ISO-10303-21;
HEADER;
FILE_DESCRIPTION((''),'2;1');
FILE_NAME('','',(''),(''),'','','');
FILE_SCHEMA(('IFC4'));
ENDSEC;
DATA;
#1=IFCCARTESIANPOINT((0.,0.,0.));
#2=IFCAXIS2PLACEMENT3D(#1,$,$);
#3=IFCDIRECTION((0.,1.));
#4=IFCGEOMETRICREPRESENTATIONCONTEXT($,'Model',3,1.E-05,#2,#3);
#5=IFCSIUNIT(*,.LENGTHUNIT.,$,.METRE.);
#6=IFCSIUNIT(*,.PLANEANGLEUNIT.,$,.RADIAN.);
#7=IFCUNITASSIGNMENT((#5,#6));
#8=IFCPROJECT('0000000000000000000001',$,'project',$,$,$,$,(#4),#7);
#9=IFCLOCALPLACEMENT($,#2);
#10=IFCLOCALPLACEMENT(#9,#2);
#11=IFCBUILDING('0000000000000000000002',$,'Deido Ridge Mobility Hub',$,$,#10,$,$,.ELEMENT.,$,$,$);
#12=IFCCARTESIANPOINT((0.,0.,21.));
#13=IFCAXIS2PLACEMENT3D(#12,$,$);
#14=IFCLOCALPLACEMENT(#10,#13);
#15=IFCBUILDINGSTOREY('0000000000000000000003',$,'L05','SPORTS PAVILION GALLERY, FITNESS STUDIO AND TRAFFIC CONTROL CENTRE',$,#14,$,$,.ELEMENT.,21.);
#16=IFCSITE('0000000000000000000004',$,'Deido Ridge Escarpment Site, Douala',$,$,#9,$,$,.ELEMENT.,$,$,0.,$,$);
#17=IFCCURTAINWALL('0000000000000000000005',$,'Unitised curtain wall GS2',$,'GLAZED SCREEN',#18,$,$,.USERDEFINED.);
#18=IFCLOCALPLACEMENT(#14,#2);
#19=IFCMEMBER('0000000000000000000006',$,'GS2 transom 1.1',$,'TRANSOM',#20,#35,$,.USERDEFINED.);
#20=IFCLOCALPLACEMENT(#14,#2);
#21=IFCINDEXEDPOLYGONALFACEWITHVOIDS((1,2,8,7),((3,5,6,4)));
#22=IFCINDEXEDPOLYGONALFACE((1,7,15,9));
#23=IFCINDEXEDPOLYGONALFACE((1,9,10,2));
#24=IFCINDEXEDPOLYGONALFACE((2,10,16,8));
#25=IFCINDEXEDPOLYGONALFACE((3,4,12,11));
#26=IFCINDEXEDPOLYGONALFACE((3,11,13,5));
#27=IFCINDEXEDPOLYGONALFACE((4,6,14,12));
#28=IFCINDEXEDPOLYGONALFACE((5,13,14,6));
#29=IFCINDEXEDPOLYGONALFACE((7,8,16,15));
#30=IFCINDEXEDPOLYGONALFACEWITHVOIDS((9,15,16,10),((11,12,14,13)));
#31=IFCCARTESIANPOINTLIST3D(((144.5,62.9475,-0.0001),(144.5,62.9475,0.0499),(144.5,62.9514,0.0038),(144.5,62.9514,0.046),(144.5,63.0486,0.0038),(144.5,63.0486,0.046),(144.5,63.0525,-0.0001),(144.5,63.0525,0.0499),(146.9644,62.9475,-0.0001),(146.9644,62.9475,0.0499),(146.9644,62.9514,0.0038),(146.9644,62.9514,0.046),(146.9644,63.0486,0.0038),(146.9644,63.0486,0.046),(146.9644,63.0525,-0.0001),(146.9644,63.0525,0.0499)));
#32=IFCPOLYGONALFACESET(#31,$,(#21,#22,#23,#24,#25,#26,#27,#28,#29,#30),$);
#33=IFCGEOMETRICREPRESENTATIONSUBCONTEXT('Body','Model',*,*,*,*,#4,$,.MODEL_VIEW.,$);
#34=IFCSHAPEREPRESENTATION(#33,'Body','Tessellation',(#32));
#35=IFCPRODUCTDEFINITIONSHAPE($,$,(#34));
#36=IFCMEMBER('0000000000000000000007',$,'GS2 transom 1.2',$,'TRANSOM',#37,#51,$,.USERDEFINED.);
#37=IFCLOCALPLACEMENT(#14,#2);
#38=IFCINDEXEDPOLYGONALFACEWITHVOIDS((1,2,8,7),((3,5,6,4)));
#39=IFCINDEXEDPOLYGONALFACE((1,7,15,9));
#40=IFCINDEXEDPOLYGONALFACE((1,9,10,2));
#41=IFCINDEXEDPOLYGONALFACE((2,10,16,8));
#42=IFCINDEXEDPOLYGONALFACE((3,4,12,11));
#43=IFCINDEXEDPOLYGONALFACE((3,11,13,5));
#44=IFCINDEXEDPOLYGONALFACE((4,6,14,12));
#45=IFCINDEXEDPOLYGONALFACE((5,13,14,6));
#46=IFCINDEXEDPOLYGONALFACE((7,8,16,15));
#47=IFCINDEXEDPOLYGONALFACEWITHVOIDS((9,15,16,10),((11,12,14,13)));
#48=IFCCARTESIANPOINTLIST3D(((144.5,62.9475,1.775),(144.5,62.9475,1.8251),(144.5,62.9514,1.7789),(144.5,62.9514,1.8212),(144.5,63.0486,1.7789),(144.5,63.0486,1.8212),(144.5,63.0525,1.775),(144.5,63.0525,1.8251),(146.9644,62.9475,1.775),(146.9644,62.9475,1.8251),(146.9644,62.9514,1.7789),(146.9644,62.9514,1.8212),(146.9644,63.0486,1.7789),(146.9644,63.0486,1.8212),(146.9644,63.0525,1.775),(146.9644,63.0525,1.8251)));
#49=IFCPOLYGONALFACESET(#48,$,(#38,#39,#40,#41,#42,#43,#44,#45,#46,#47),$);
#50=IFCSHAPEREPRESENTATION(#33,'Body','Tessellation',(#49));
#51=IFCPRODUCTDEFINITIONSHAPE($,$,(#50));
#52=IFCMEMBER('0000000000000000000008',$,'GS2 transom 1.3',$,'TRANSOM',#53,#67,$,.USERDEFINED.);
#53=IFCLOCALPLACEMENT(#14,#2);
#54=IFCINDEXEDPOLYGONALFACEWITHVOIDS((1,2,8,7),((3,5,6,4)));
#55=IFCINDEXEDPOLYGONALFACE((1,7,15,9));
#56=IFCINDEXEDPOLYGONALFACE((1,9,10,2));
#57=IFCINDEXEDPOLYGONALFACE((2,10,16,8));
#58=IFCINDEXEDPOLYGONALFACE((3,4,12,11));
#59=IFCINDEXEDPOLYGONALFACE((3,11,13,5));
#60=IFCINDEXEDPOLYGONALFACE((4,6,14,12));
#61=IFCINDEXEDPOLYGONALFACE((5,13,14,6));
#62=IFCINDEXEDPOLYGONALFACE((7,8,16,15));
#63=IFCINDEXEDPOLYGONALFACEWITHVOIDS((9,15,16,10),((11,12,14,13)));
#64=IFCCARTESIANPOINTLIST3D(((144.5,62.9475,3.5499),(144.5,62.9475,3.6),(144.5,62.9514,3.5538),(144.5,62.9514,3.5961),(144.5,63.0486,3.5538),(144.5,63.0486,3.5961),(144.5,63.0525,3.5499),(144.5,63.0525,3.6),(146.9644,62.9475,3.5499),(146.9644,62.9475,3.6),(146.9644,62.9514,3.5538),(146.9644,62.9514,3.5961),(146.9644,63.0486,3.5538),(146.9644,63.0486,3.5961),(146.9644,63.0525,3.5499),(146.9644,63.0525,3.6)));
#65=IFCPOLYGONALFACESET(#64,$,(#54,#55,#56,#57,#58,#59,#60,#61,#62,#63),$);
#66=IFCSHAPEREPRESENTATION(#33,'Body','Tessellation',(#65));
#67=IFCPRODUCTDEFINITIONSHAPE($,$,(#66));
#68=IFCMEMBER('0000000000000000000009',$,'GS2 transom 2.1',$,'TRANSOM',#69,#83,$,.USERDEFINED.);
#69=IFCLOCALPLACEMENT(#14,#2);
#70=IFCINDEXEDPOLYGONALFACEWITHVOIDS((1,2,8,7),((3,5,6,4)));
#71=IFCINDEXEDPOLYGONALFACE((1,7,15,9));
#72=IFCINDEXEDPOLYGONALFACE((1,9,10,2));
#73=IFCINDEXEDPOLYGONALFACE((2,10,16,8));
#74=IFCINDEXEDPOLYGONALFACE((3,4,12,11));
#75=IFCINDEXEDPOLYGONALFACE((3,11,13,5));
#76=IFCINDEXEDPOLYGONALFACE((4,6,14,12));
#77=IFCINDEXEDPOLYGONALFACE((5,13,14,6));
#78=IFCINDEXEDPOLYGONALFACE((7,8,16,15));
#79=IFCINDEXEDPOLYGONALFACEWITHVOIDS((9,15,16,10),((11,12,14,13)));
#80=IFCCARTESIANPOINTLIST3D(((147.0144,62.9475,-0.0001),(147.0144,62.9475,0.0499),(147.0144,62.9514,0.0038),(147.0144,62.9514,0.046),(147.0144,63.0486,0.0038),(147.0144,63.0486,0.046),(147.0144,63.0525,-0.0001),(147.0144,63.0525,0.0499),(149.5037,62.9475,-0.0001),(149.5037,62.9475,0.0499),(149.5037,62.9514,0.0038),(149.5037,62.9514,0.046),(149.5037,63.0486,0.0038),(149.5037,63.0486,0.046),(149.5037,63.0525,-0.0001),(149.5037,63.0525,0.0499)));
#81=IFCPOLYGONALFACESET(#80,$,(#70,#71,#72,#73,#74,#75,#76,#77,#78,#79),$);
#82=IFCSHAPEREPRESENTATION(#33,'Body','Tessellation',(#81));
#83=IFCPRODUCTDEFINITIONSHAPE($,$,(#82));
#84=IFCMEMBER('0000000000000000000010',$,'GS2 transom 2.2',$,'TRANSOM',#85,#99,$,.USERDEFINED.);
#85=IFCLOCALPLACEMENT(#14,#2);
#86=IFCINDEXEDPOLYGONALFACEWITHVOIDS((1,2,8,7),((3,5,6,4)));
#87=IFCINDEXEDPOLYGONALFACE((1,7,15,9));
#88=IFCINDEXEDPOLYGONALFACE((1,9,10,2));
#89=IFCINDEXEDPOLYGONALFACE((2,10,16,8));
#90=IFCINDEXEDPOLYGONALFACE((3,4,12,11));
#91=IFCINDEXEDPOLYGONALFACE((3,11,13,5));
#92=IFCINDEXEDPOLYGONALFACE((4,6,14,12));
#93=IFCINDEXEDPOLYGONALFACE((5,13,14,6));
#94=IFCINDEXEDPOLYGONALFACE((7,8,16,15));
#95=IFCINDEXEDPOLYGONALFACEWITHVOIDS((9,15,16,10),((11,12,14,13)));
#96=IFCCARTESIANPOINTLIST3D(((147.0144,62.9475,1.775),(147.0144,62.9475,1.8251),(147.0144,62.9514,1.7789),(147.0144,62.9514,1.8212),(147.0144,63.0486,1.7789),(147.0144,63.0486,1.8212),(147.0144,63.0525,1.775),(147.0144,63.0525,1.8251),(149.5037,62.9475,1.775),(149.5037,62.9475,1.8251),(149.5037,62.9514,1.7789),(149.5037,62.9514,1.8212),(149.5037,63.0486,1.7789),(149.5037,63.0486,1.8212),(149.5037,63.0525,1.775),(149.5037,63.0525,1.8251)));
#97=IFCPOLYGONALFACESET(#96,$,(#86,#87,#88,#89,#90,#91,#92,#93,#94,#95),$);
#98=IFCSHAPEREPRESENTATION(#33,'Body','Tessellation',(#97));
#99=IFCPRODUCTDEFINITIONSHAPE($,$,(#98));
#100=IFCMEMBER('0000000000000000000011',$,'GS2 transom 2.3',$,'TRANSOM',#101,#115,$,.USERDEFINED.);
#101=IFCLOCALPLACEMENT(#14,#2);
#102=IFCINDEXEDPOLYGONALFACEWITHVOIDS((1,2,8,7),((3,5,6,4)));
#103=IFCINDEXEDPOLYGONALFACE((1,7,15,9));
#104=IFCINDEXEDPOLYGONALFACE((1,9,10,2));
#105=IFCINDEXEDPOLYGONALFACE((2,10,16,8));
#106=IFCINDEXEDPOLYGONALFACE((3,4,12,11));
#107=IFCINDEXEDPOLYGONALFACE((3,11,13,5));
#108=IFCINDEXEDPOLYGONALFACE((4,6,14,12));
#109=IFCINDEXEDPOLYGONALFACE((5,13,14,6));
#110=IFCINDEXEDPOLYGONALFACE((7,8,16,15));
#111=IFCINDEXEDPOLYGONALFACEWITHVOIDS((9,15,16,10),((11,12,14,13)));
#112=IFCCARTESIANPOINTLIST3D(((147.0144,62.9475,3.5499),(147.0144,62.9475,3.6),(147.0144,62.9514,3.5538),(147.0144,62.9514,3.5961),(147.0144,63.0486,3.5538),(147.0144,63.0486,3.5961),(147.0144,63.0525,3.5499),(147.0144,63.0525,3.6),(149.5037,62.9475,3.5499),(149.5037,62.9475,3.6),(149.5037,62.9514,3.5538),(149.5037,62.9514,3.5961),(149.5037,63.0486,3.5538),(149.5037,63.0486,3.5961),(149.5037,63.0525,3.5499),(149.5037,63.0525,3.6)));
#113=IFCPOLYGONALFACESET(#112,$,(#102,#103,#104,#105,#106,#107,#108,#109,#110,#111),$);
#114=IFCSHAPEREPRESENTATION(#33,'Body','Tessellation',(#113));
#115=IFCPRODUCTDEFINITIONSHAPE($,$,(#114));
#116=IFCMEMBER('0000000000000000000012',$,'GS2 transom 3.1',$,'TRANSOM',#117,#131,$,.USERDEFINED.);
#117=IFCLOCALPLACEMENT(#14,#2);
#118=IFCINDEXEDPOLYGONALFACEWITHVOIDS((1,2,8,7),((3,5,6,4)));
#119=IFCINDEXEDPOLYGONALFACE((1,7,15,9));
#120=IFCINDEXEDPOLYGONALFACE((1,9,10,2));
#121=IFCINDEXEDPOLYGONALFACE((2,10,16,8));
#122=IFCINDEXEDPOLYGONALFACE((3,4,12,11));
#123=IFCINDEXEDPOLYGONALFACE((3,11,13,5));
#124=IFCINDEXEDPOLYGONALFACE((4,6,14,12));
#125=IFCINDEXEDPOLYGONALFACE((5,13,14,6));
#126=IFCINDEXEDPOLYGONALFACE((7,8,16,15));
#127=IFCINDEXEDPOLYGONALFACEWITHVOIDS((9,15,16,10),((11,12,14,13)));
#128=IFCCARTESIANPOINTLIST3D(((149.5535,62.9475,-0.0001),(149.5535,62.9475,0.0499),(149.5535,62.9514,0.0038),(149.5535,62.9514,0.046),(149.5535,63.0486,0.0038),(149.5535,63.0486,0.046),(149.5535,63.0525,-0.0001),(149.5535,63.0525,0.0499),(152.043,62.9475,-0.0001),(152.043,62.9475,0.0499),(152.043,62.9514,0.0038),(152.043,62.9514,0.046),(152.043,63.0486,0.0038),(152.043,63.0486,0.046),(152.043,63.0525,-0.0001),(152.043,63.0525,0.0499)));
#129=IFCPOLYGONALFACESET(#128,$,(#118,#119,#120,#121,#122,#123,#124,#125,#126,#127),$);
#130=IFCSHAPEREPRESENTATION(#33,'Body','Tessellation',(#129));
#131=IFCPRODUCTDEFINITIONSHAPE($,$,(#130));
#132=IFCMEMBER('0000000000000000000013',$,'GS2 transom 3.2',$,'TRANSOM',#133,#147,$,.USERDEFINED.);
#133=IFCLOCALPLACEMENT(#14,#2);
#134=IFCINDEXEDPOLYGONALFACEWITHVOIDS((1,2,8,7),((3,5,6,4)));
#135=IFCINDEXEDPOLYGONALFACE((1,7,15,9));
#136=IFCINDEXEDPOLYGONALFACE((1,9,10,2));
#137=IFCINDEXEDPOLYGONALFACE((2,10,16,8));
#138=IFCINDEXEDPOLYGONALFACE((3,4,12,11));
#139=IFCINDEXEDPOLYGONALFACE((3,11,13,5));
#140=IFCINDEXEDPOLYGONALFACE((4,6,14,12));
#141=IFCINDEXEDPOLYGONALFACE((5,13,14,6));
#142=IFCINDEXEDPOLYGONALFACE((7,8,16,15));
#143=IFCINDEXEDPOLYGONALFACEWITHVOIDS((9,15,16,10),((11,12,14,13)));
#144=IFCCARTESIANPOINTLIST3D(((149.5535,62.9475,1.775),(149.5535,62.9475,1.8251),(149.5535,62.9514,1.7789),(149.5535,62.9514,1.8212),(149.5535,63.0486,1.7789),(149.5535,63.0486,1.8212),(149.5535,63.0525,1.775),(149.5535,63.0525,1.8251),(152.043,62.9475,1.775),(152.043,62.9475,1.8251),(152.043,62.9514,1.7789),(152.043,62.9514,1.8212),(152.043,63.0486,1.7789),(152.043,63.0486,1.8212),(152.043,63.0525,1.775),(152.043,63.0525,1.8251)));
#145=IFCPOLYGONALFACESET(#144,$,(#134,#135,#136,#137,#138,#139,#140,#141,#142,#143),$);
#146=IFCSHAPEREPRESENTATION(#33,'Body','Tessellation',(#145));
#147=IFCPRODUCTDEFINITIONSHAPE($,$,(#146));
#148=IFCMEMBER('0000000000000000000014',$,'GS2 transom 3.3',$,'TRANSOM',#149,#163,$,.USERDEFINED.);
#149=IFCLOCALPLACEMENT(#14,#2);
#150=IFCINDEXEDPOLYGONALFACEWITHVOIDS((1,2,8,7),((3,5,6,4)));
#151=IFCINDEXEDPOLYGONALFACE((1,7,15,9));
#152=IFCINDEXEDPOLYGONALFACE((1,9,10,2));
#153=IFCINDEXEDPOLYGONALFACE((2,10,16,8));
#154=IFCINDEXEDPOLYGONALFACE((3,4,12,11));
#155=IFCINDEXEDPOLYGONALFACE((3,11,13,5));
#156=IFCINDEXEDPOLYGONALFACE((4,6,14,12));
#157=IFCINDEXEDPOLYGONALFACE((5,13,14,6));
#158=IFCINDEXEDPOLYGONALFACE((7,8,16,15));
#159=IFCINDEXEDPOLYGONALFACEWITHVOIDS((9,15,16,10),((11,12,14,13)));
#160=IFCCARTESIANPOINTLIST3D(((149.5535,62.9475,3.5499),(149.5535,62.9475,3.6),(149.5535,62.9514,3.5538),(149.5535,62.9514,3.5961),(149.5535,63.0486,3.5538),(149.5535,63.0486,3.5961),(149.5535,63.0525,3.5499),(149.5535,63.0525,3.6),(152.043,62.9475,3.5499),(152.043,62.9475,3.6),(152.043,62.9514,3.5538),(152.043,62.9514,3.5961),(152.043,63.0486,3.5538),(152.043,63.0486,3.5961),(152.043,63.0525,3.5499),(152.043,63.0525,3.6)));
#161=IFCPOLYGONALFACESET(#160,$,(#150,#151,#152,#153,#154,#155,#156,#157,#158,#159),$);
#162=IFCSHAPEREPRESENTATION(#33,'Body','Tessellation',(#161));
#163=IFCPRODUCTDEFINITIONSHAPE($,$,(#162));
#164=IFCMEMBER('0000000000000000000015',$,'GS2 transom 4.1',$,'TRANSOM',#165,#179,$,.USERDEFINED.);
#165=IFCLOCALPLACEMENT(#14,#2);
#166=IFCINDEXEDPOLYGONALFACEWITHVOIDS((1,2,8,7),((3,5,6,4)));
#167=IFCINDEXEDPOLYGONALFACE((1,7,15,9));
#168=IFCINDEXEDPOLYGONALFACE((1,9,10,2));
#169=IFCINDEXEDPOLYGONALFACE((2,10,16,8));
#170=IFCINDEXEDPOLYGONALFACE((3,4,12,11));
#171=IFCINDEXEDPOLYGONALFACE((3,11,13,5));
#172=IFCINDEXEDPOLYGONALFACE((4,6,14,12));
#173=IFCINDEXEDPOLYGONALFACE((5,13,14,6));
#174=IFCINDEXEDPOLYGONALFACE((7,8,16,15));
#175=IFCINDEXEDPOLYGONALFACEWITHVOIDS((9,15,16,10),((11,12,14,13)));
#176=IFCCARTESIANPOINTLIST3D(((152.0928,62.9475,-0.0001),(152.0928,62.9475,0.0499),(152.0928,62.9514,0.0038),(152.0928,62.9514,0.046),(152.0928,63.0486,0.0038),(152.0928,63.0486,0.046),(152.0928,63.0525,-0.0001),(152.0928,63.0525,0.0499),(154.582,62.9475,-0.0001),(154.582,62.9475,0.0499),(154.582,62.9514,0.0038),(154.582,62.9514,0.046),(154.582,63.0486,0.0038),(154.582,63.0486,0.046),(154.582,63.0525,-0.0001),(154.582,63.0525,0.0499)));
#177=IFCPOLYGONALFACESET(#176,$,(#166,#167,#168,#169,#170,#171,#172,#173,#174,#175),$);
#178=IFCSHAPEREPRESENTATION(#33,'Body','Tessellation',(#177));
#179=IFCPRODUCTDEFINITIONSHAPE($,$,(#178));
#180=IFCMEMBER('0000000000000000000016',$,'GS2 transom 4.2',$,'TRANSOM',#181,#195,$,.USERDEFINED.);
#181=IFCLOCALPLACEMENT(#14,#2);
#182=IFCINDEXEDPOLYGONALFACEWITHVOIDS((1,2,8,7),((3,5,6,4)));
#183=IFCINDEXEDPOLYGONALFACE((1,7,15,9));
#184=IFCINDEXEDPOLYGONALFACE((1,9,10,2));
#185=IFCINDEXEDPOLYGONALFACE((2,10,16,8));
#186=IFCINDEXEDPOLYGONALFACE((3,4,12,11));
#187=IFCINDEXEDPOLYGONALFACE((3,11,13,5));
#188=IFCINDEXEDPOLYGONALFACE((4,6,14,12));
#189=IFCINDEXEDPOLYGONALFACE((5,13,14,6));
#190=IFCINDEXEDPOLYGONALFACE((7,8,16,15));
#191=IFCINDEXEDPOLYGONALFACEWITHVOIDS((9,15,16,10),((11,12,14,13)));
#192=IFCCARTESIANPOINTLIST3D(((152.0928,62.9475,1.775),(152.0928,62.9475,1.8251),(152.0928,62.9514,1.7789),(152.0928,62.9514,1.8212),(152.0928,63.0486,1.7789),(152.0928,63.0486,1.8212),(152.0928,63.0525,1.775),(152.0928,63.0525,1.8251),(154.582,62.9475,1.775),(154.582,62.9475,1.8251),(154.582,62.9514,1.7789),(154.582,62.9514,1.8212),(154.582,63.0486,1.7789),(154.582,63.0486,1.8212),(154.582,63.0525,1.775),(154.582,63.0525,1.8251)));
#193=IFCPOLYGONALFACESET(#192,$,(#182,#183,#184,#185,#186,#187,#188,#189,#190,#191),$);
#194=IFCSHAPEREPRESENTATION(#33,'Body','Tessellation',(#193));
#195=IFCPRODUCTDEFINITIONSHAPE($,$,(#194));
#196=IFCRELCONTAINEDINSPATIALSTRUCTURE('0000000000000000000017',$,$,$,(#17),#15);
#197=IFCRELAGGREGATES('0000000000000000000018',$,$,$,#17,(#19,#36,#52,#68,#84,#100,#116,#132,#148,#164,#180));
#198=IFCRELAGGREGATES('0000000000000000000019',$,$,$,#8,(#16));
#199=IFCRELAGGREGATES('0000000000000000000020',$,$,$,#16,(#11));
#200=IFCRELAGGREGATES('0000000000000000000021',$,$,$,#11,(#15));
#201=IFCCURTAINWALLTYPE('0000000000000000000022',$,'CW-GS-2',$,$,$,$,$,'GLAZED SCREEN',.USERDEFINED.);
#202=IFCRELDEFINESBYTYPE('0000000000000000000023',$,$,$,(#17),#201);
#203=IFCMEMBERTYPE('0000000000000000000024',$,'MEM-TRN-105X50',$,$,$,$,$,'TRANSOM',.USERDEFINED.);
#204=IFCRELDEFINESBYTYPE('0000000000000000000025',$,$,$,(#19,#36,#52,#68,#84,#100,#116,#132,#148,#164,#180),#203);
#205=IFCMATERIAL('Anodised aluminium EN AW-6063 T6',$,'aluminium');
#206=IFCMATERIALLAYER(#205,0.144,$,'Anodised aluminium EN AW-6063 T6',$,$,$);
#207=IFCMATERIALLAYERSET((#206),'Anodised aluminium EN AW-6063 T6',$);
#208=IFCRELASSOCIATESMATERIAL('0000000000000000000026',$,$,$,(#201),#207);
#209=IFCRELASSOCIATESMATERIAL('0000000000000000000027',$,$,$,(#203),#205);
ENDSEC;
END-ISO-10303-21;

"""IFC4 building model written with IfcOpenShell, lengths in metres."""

from ifc_helpers import new_model, si_unit, direction, frame, origin, origin_2d, place, context, subcontext, project, spatial, hollow_rectangle, extrude, material, layer, layer_set, material_profile, profile_set, type_object, element, aggregate, save


model = new_model("IFC4")

# Units and contexts
model_context = context("Model", 3, precision=1e-05, world=origin(), true_north=direction((0.0, 1.0)))
body_context = subcontext(model_context, "Body", "Model", "MODEL_VIEW")
ifc_project = project(units=[si_unit("LENGTHUNIT", "METRE"), si_unit("PLANEANGLEUNIT", "RADIAN")], contexts=[model_context])

# Site, building, storey
site_placement = place(None, origin())
site = spatial("IfcSite", under=ifc_project, at=site_placement, Name="Deido Ridge Escarpment Site, Douala", CompositionType="ELEMENT", RefElevation=0.0)
building_placement = place(site_placement, origin())
building = spatial("IfcBuilding", under=site, at=building_placement, Name="Deido Ridge Mobility Hub", CompositionType="ELEMENT")
storey_placement = place(building_placement, frame((0.0, 0.0, 21.0)))
storey = spatial("IfcBuildingStorey", under=building, at=storey_placement, Name="L05", Description="SPORTS PAVILION GALLERY, FITNESS STUDIO AND TRAFFIC CONTROL CENTRE", CompositionType="ELEMENT", Elevation=21.0)

# Curtain wall, members
ifc_material_1 = material(Name="Anodised aluminium EN AW-6063 T6", Category="aluminium")
ifc_layer_1 = layer(ifc_material_1, 0.144, Name="Anodised aluminium EN AW-6063 T6")
ifc_layer_set_1 = layer_set([ifc_layer_1], Name="Anodised aluminium EN AW-6063 T6")
curtain_wall_type = type_object("IfcCurtainWallType", Name="CW-GS-2", ElementType="GLAZED SCREEN", PredefinedType="USERDEFINED", material=ifc_layer_set_1)
curtain_wall_placement = place(storey_placement, origin())
curtain_wall = element("IfcCurtainWall", 1, at=curtain_wall_placement, inside=storey, type_object=curtain_wall_type, Name="Unitised curtain wall GS2", ObjectType="GLAZED SCREEN", PredefinedType="USERDEFINED")
ifc_material_profile_1 = material_profile(ifc_material_1, hollow_rectangle(XDim=0.105, YDim=0.05, WallThickness=0.0039, at=origin_2d()), Name="RHS 105x50x4")
ifc_profile_set_1 = profile_set([ifc_material_profile_1], Name="Anodised aluminium EN AW-6063 T6")
member_type_1 = type_object("IfcMemberType", Name="MEM-TRN-105X50", ElementType="TRANSOM", PredefinedType="USERDEFINED", material=ifc_profile_set_1)
member_1_placement = place(storey_placement, frame((144.5, 63.0, 0.0249), z_axis=(1.0, 0.0, 0.0), x_axis=(0.0, 1.0, 0.0)))
member_1 = element("IfcMember", 2, at=member_1_placement, type_object=member_type_1, Name="GS2 transom 1.1", ObjectType="TRANSOM", PredefinedType="USERDEFINED", context=body_context, shape_type="SweptSolid", body=[
    extrude(hollow_rectangle(XDim=0.105, YDim=0.05, WallThickness=0.0039, at=origin_2d()), origin(), (0.0, 0.0, 1.0), 2.4644),
])
member_2_placement = place(storey_placement, frame((144.5, 63.0, 1.8), z_axis=(1.0, 0.0, 0.0), x_axis=(0.0, 1.0, 0.0)))
member_2 = element("IfcMember", 3, at=member_2_placement, type_object=member_type_1, Name="GS2 transom 1.2", ObjectType="TRANSOM", PredefinedType="USERDEFINED", context=body_context, shape_type="SweptSolid", body=[
    extrude(hollow_rectangle(XDim=0.105, YDim=0.05, WallThickness=0.0039, at=origin_2d()), origin(), (0.0, 0.0, 1.0), 2.4644),
])
member_3_placement = place(storey_placement, frame((144.5, 63.0, 3.575), z_axis=(1.0, 0.0, 0.0), x_axis=(0.0, 1.0, 0.0)))
member_3 = element("IfcMember", 4, at=member_3_placement, type_object=member_type_1, Name="GS2 transom 1.3", ObjectType="TRANSOM", PredefinedType="USERDEFINED", context=body_context, shape_type="SweptSolid", body=[
    extrude(hollow_rectangle(XDim=0.105, YDim=0.05, WallThickness=0.0039, at=origin_2d()), origin(), (0.0, 0.0, 1.0), 2.4644),
])
member_4_placement = place(storey_placement, frame((147.0144, 63.0, 0.0249), z_axis=(1.0, 0.0, 0.0), x_axis=(0.0, 1.0, 0.0)))
member_4 = element("IfcMember", 5, at=member_4_placement, type_object=member_type_1, Name="GS2 transom 2.1", ObjectType="TRANSOM", PredefinedType="USERDEFINED", context=body_context, shape_type="SweptSolid", body=[
    extrude(hollow_rectangle(XDim=0.105, YDim=0.05, WallThickness=0.0039, at=origin_2d()), origin(), (0.0, 0.0, 1.0), 2.4893),
])
member_5_placement = place(storey_placement, frame((147.0144, 63.0, 1.8), z_axis=(1.0, 0.0, 0.0), x_axis=(0.0, 1.0, 0.0)))
member_5 = element("IfcMember", 6, at=member_5_placement, type_object=member_type_1, Name="GS2 transom 2.2", ObjectType="TRANSOM", PredefinedType="USERDEFINED", context=body_context, shape_type="SweptSolid", body=[
    extrude(hollow_rectangle(XDim=0.105, YDim=0.05, WallThickness=0.0039, at=origin_2d()), origin(), (0.0, 0.0, 1.0), 2.4893),
])
member_6_placement = place(storey_placement, frame((147.0144, 63.0, 3.575), z_axis=(1.0, 0.0, 0.0), x_axis=(0.0, 1.0, 0.0)))
member_6 = element("IfcMember", 7, at=member_6_placement, type_object=member_type_1, Name="GS2 transom 2.3", ObjectType="TRANSOM", PredefinedType="USERDEFINED", context=body_context, shape_type="SweptSolid", body=[
    extrude(hollow_rectangle(XDim=0.105, YDim=0.05, WallThickness=0.0039, at=origin_2d()), origin(), (0.0, 0.0, 1.0), 2.4893),
])
member_7_placement = place(storey_placement, frame((149.5535, 63.0, 0.0249), z_axis=(1.0, 0.0, 0.0), x_axis=(0.0, 1.0, 0.0)))
member_7 = element("IfcMember", 8, at=member_7_placement, type_object=member_type_1, Name="GS2 transom 3.1", ObjectType="TRANSOM", PredefinedType="USERDEFINED", context=body_context, shape_type="SweptSolid", body=[
    extrude(hollow_rectangle(XDim=0.105, YDim=0.05, WallThickness=0.0039, at=origin_2d()), origin(), (0.0, 0.0, 1.0), 2.4895),
])
member_8_placement = place(storey_placement, frame((149.5535, 63.0, 1.8), z_axis=(1.0, 0.0, 0.0), x_axis=(0.0, 1.0, 0.0)))
member_8 = element("IfcMember", 9, at=member_8_placement, type_object=member_type_1, Name="GS2 transom 3.2", ObjectType="TRANSOM", PredefinedType="USERDEFINED", context=body_context, shape_type="SweptSolid", body=[
    extrude(hollow_rectangle(XDim=0.105, YDim=0.05, WallThickness=0.0039, at=origin_2d()), origin(), (0.0, 0.0, 1.0), 2.4895),
])
member_9_placement = place(storey_placement, frame((149.5535, 63.0, 3.575), z_axis=(1.0, 0.0, 0.0), x_axis=(0.0, 1.0, 0.0)))
member_9 = element("IfcMember", 10, at=member_9_placement, type_object=member_type_1, Name="GS2 transom 3.3", ObjectType="TRANSOM", PredefinedType="USERDEFINED", context=body_context, shape_type="SweptSolid", body=[
    extrude(hollow_rectangle(XDim=0.105, YDim=0.05, WallThickness=0.0039, at=origin_2d()), origin(), (0.0, 0.0, 1.0), 2.4895),
])
member_10_placement = place(storey_placement, frame((152.0928, 63.0, 0.0249), z_axis=(1.0, 0.0, 0.0), x_axis=(0.0, 1.0, 0.0)))
member_10 = element("IfcMember", 11, at=member_10_placement, type_object=member_type_1, Name="GS2 transom 4.1", ObjectType="TRANSOM", PredefinedType="USERDEFINED", context=body_context, shape_type="SweptSolid", body=[
    extrude(hollow_rectangle(XDim=0.105, YDim=0.05, WallThickness=0.0039, at=origin_2d()), origin(), (0.0, 0.0, 1.0), 2.4893),
])
member_11_placement = place(storey_placement, frame((152.0928, 63.0, 1.8), z_axis=(1.0, 0.0, 0.0), x_axis=(0.0, 1.0, 0.0)))
member_11 = element("IfcMember", 12, at=member_11_placement, type_object=member_type_1, Name="GS2 transom 4.2", ObjectType="TRANSOM", PredefinedType="USERDEFINED", context=body_context, shape_type="SweptSolid", body=[
    extrude(hollow_rectangle(XDim=0.105, YDim=0.05, WallThickness=0.0039, at=origin_2d()), origin(), (0.0, 0.0, 1.0), 2.4893),
])

aggregate(curtain_wall, [member_1, member_2, member_3, member_4, member_5, member_6, member_7, member_8, member_9, member_10, member_11])

save(model, "model.ifc")
